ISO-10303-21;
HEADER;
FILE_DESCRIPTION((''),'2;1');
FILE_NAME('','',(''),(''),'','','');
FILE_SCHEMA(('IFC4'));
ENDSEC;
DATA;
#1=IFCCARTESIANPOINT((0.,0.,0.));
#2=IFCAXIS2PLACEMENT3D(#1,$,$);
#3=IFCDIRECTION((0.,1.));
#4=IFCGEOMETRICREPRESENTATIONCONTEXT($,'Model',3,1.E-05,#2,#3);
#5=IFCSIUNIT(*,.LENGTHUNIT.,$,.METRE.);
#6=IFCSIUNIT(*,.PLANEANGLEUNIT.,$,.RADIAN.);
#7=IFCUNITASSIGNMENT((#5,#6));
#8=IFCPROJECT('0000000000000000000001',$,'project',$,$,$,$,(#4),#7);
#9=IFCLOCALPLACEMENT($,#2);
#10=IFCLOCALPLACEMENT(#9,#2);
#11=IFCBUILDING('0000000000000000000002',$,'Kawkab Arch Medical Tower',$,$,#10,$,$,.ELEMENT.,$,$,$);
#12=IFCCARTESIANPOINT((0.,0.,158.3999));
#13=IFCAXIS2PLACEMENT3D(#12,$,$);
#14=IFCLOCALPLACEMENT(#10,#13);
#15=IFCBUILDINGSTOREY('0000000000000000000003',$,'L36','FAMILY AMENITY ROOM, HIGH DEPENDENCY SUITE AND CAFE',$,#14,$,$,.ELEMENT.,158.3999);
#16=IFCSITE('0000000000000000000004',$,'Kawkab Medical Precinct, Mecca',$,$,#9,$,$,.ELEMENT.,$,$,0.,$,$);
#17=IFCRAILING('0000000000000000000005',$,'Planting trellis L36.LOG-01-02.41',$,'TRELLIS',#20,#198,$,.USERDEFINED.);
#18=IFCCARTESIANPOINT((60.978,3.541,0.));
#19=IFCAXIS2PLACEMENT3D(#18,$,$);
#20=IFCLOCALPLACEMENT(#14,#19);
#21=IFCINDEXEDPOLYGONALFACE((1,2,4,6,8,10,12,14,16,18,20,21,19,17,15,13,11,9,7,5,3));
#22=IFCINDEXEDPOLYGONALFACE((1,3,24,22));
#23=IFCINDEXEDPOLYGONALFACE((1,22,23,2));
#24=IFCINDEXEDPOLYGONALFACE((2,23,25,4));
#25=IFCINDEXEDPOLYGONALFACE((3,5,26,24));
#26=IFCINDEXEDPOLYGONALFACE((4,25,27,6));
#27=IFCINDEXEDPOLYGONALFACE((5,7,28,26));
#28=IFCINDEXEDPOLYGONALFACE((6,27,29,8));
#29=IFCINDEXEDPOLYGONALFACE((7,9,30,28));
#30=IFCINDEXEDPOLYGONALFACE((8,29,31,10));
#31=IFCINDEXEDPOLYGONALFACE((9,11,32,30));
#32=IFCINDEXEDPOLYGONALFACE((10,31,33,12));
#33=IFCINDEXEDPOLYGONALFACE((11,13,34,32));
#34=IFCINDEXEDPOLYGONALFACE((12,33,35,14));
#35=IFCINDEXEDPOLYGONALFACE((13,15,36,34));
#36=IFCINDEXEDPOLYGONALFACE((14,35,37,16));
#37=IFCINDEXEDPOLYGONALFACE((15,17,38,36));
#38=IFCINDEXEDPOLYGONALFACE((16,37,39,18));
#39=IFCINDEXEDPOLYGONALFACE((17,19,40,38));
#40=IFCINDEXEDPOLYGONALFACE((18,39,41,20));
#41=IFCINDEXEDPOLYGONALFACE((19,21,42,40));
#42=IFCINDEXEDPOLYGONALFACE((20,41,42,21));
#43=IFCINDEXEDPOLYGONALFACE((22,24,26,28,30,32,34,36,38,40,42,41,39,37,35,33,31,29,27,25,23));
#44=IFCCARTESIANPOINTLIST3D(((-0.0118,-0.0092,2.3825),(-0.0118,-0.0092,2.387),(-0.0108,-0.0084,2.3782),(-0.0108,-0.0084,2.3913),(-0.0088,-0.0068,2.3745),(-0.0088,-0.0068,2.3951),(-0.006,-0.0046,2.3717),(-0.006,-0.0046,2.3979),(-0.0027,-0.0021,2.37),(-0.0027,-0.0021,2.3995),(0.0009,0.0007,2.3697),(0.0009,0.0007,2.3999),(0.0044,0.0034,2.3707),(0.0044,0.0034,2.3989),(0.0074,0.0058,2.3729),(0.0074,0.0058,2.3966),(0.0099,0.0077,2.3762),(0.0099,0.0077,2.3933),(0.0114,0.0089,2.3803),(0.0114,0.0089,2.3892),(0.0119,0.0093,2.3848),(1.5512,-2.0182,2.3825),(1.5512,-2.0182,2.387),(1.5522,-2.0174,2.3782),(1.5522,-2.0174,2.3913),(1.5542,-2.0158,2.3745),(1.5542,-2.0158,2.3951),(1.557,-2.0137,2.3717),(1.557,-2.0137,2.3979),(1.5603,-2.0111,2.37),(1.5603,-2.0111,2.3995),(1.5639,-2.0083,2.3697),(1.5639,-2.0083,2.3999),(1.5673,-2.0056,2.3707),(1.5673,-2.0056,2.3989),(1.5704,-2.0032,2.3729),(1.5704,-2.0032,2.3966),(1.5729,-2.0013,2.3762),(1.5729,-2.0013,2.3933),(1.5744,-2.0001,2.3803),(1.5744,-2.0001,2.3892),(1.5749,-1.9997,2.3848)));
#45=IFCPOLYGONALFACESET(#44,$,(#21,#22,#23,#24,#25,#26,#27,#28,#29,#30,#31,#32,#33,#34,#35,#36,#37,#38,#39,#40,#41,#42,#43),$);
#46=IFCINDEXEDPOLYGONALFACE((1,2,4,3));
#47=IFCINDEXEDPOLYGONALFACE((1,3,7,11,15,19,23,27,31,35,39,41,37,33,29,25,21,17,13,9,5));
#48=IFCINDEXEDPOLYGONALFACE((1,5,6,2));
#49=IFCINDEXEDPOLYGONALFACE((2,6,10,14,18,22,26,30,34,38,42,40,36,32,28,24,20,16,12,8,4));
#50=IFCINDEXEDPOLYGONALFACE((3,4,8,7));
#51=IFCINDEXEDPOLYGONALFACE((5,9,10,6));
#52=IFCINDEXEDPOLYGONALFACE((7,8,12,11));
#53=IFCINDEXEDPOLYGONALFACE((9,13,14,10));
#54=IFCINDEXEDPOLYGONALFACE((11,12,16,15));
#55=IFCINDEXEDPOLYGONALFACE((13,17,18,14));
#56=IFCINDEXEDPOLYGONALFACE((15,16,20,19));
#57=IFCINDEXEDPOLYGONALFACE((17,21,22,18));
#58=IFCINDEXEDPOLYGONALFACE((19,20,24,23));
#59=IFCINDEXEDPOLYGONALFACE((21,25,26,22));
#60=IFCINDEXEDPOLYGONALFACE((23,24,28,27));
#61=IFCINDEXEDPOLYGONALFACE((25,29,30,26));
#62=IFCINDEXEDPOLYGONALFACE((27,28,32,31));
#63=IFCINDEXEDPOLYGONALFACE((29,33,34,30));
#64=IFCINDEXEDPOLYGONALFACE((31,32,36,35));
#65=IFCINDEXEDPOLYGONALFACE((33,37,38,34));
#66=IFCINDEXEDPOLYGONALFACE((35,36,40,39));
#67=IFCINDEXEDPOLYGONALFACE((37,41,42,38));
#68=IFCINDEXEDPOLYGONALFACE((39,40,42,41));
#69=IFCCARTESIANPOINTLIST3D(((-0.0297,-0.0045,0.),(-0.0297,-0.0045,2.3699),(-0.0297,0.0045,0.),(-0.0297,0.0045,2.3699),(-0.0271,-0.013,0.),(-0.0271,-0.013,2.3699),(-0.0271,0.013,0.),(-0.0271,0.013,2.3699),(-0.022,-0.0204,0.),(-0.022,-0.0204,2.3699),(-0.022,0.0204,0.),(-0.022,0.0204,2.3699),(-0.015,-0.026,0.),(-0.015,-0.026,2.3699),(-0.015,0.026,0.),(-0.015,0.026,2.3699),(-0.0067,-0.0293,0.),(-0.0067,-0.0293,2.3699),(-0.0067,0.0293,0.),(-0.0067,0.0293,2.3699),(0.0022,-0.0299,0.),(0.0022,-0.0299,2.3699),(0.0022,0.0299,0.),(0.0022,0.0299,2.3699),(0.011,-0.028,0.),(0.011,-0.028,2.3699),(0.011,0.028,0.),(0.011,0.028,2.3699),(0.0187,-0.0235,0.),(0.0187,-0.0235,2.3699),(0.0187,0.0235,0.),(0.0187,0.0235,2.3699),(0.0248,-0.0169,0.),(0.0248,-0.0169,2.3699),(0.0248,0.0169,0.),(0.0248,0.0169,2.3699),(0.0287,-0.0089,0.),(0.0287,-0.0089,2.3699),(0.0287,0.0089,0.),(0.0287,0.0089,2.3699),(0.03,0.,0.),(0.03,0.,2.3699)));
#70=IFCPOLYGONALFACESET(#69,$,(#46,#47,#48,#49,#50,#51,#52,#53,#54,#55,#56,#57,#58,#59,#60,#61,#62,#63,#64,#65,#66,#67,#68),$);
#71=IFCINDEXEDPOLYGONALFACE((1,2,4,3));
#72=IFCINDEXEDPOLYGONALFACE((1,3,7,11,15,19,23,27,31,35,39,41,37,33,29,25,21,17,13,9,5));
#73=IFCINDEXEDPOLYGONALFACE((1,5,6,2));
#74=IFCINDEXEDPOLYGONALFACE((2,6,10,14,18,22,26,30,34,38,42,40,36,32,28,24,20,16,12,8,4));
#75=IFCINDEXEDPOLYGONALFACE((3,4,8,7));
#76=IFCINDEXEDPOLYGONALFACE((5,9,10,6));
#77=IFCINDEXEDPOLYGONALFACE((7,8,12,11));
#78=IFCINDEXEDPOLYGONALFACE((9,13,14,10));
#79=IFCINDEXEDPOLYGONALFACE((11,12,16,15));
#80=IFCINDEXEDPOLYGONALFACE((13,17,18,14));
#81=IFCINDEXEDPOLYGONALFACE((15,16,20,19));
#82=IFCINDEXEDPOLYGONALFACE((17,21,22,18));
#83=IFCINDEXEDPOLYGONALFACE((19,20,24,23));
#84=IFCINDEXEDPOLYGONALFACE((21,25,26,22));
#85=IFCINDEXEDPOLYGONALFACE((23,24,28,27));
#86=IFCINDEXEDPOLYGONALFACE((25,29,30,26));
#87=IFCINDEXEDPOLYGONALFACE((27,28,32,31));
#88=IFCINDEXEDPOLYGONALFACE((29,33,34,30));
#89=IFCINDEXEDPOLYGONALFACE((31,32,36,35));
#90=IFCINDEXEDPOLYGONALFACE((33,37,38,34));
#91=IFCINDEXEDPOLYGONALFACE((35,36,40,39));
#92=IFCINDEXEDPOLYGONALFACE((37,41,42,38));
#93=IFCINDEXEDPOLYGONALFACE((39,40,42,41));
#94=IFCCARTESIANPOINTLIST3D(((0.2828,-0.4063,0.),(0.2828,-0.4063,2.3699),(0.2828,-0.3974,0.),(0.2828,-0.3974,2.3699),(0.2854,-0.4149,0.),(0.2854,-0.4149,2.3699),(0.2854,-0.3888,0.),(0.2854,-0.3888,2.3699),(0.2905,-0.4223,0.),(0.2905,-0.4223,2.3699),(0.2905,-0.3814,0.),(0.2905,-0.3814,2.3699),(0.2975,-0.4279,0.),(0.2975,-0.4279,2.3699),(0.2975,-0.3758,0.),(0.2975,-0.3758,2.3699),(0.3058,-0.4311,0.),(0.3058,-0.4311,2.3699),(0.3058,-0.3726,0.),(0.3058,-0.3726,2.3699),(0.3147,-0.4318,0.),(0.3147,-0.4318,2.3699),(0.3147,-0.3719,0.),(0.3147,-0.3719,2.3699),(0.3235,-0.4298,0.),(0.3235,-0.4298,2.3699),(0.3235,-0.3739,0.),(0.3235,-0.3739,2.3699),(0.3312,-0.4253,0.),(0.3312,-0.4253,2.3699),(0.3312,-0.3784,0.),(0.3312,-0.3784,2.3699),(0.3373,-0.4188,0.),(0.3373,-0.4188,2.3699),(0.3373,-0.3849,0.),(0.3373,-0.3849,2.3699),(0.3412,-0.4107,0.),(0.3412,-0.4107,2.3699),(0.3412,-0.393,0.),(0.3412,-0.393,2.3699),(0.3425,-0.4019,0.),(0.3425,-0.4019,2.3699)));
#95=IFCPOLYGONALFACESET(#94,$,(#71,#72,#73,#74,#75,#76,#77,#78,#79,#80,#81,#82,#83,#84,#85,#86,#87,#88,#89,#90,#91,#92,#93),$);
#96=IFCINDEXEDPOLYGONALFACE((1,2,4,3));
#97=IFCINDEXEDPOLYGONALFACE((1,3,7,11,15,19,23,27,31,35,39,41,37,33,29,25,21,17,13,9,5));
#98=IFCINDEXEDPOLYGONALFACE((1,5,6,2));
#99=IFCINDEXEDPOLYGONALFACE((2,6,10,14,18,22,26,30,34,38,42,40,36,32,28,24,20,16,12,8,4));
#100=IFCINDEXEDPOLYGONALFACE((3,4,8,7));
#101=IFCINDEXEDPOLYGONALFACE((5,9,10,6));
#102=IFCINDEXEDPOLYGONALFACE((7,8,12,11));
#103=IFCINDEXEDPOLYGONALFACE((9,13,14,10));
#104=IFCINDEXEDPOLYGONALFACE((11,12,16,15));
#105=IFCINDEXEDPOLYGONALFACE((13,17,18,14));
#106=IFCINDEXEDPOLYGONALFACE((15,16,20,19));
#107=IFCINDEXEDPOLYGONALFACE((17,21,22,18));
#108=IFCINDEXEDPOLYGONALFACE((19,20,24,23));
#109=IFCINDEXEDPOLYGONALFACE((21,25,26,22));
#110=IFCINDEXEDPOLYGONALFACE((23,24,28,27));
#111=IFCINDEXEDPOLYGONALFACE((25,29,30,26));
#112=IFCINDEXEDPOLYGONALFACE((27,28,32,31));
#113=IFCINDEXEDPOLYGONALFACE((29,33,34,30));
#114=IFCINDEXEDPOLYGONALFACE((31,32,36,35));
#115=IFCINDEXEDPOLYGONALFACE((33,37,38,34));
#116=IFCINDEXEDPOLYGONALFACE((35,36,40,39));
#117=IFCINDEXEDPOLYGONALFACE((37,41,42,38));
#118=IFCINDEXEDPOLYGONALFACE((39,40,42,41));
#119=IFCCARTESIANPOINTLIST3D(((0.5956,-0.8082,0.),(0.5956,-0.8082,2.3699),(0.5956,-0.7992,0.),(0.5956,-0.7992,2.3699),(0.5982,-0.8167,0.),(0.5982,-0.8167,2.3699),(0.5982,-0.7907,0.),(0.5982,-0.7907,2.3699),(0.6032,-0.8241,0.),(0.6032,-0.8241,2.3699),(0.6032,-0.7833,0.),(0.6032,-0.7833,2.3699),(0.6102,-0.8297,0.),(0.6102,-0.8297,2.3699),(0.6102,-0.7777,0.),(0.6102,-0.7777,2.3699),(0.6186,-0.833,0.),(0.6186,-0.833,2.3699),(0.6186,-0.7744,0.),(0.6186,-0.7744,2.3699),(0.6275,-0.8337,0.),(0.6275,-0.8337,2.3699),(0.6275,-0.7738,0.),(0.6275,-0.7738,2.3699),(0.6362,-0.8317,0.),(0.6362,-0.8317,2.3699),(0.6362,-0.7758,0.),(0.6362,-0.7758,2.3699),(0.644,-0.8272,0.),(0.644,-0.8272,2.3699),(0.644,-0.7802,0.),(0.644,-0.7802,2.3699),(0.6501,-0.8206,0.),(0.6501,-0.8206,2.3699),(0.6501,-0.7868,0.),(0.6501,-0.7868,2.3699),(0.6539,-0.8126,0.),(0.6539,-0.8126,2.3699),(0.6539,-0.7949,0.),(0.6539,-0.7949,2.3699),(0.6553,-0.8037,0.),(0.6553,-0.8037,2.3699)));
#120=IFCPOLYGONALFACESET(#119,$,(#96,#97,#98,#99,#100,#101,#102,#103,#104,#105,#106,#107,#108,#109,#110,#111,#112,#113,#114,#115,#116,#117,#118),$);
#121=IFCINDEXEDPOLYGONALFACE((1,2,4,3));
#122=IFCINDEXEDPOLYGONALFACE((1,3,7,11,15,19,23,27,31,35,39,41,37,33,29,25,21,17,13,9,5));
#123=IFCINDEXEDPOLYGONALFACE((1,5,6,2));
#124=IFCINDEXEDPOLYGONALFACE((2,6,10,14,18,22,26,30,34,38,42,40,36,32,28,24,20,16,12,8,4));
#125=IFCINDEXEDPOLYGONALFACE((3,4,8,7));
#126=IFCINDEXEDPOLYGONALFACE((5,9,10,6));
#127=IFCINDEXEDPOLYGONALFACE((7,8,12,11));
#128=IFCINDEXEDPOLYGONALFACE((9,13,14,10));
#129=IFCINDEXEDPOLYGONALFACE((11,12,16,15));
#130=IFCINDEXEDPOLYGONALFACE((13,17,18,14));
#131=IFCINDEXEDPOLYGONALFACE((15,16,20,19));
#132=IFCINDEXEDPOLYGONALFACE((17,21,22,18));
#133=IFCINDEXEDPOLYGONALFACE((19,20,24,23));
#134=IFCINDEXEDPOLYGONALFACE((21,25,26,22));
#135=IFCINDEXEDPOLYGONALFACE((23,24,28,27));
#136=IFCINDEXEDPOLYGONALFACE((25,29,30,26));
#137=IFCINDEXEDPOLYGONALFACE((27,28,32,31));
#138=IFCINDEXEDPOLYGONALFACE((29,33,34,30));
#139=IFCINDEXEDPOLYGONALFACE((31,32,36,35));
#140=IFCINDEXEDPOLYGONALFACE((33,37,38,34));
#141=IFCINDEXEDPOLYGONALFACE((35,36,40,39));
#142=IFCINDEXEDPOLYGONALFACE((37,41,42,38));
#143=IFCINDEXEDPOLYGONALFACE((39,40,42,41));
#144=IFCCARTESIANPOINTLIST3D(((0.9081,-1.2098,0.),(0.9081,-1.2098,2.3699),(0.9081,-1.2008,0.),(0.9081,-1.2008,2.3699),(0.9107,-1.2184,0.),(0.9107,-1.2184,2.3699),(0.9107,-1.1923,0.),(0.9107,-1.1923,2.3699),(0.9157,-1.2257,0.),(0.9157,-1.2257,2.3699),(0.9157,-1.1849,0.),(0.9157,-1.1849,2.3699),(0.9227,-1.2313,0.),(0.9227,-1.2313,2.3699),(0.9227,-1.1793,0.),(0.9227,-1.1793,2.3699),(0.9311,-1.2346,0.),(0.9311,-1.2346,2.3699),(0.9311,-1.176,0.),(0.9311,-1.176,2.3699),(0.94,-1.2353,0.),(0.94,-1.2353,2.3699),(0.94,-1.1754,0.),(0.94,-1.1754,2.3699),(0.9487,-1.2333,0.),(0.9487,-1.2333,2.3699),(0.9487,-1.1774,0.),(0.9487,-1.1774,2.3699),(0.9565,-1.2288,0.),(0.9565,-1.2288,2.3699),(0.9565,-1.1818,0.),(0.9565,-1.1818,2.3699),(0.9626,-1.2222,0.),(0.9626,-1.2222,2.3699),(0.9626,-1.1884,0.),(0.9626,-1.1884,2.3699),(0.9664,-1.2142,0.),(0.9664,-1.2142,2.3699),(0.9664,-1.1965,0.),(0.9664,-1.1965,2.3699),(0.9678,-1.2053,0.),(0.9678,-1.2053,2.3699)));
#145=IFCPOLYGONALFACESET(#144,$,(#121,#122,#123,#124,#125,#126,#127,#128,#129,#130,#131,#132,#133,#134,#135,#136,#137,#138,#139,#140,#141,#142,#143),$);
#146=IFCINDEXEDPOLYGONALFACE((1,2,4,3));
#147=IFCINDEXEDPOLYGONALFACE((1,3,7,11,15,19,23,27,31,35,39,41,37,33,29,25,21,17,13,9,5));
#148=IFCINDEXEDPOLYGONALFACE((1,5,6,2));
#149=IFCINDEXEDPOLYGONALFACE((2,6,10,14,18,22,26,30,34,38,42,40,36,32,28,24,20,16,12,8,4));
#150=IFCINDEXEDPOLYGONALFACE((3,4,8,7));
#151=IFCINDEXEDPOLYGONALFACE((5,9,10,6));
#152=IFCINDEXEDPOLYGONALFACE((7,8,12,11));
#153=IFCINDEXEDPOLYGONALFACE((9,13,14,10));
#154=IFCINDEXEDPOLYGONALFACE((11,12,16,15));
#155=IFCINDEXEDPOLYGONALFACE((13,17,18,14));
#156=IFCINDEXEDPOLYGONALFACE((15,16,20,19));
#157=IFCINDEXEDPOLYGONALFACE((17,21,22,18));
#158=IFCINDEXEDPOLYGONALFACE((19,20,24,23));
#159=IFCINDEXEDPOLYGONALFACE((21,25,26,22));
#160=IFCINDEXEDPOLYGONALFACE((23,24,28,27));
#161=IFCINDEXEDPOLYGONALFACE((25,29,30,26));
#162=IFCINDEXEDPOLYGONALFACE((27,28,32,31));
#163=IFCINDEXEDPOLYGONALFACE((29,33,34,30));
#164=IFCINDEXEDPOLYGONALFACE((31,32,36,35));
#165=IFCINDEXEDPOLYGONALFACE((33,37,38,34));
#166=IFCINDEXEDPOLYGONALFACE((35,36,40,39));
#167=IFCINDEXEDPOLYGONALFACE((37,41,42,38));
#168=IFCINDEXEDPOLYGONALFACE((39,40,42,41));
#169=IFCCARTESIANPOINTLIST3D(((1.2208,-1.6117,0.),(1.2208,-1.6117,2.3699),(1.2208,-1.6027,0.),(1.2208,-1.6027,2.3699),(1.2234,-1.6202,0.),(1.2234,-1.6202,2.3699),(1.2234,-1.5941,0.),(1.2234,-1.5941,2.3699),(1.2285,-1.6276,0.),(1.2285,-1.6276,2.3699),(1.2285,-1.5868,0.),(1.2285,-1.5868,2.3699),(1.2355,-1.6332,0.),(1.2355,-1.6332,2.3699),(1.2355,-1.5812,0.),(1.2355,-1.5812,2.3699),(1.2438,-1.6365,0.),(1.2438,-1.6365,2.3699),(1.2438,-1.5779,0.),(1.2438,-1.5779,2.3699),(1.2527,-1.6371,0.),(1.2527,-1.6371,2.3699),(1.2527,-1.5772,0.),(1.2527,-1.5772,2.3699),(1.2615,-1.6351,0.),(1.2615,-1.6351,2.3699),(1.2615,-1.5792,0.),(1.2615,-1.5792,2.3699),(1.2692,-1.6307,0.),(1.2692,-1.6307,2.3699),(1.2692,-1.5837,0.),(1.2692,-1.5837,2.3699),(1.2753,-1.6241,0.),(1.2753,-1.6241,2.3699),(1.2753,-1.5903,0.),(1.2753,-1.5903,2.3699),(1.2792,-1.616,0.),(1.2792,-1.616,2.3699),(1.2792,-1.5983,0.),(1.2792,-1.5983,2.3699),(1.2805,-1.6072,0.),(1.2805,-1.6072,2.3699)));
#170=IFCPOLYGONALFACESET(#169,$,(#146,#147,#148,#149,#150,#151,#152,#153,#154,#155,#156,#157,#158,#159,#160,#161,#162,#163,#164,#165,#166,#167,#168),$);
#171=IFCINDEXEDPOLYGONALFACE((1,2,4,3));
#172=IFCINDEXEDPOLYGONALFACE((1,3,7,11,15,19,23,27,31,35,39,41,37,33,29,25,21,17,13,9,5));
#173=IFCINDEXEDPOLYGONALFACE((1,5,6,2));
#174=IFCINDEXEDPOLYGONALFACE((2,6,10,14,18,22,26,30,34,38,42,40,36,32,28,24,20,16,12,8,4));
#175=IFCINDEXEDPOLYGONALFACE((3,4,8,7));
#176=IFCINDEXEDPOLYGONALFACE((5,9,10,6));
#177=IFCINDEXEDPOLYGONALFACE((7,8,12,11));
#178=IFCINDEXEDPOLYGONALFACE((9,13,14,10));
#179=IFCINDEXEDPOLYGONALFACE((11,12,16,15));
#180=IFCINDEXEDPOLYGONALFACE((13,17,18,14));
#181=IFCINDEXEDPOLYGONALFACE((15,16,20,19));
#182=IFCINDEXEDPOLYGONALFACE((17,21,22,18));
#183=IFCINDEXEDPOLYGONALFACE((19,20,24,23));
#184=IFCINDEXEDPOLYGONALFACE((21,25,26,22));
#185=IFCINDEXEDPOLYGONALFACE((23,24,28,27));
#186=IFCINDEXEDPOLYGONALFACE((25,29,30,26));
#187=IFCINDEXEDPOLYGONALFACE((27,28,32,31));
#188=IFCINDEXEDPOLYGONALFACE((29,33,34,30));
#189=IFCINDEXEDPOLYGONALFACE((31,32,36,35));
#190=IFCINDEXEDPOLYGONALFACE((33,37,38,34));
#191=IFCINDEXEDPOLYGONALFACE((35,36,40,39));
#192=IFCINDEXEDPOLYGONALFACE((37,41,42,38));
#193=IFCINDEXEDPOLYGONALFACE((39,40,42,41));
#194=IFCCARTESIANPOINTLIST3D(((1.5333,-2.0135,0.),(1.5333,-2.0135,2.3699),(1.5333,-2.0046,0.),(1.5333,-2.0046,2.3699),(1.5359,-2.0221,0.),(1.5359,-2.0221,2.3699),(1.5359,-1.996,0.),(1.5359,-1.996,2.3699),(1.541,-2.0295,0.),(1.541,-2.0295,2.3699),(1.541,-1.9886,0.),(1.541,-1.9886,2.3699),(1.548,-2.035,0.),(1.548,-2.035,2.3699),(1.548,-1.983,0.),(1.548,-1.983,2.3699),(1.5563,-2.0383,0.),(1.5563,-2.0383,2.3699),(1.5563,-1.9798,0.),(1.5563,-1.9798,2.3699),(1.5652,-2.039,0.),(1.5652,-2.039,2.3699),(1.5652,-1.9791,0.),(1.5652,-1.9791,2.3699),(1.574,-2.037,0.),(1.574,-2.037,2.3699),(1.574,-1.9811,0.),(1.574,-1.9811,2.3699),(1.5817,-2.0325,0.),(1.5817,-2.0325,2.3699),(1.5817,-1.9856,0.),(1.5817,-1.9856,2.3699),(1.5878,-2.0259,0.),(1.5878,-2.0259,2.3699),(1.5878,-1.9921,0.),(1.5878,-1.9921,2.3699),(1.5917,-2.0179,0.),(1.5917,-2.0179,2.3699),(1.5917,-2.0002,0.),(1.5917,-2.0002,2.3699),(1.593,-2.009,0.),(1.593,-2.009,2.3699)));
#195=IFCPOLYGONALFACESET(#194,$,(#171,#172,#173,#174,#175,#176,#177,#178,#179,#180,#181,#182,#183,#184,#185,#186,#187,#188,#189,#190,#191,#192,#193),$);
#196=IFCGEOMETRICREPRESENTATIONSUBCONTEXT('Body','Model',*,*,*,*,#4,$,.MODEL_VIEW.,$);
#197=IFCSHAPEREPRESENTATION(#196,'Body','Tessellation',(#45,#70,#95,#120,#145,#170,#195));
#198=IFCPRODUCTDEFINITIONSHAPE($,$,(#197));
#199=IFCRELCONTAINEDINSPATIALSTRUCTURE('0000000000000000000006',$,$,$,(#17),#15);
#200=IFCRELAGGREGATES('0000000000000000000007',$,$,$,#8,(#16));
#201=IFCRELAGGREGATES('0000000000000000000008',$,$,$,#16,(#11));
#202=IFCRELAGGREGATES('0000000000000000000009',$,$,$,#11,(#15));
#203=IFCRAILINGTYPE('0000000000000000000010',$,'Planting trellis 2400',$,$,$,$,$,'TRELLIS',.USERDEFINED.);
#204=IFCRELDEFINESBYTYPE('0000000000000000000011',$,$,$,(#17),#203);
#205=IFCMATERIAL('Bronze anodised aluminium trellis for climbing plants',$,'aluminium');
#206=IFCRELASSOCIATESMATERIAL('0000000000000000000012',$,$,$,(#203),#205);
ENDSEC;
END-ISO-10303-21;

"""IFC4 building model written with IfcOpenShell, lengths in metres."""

from ifc_helpers import new_model, si_unit, direction, frame, origin, origin_2d, place, context, subcontext, project, spatial, circle, extrude, material, type_object, element, save


model = new_model("IFC4")

# Units and contexts
model_context = context("Model", 3, precision=1e-05, world=origin(), true_north=direction((0.0, 1.0)))
body_context = subcontext(model_context, "Body", "Model", "MODEL_VIEW")
ifc_project = project(units=[si_unit("LENGTHUNIT", "METRE"), si_unit("PLANEANGLEUNIT", "RADIAN")], contexts=[model_context])

# Site, building, storey
site_placement = place(None, origin())
site = spatial("IfcSite", under=ifc_project, at=site_placement, Name="Kawkab Medical Precinct, Mecca", CompositionType="ELEMENT", RefElevation=0.0)
building_placement = place(site_placement, origin())
building = spatial("IfcBuilding", under=site, at=building_placement, Name="Kawkab Arch Medical Tower", CompositionType="ELEMENT")
storey_placement = place(building_placement, frame((0.0, 0.0, 158.3999)))
storey = spatial("IfcBuildingStorey", under=building, at=storey_placement, Name="L36", Description="FAMILY AMENITY ROOM, HIGH DEPENDENCY SUITE AND CAFE", CompositionType="ELEMENT", Elevation=158.3999)

# Railing
ifc_material_1 = material(Name="Bronze anodised aluminium trellis for climbing plants", Category="aluminium")
railing_type_1 = type_object("IfcRailingType", Name="Planting trellis 2400", ElementType="TRELLIS", PredefinedType="USERDEFINED", material=ifc_material_1)
railing_1_placement = place(storey_placement, frame((60.978, 3.541, 0.0)))
element("IfcRailing", 1, at=railing_1_placement, inside=storey, type_object=railing_type_1, Name="Planting trellis L36.LOG-01-02.41", ObjectType="TRELLIS", PredefinedType="USERDEFINED", context=body_context, shape_type="SweptSolid", body=[
    extrude(circle(Radius=0.0151, at=origin_2d()), frame((0.0, 0.0, 2.3848), z_axis=(0.61404, -0.789275, 0.0), x_axis=(0.789275, 0.61404, 0.0)), (0.0, 0.0, 1.0), 2.5454),
    extrude(circle(Radius=0.03, at=origin_2d()), origin(), (0.0, 0.0, 1.0), 2.3699),
    extrude(circle(Radius=0.03, at=origin_2d()), frame((0.3125, -0.4019, 0.0)), (0.0, 0.0, 1.0), 2.3699),
    extrude(circle(Radius=0.03, at=origin_2d()), frame((0.6252, -0.8037, 0.0)), (0.0, 0.0, 1.0), 2.3699),
    extrude(circle(Radius=0.03, at=origin_2d()), frame((0.9377, -1.2053, 0.0)), (0.0, 0.0, 1.0), 2.3699),
    extrude(circle(Radius=0.03, at=origin_2d()), frame((1.2505, -1.6072, 0.0)), (0.0, 0.0, 1.0), 2.3699),
    extrude(circle(Radius=0.03, at=origin_2d()), frame((1.563, -2.009, 0.0)), (0.0, 0.0, 1.0), 2.3699),
])

save(model, "model.ifc")
